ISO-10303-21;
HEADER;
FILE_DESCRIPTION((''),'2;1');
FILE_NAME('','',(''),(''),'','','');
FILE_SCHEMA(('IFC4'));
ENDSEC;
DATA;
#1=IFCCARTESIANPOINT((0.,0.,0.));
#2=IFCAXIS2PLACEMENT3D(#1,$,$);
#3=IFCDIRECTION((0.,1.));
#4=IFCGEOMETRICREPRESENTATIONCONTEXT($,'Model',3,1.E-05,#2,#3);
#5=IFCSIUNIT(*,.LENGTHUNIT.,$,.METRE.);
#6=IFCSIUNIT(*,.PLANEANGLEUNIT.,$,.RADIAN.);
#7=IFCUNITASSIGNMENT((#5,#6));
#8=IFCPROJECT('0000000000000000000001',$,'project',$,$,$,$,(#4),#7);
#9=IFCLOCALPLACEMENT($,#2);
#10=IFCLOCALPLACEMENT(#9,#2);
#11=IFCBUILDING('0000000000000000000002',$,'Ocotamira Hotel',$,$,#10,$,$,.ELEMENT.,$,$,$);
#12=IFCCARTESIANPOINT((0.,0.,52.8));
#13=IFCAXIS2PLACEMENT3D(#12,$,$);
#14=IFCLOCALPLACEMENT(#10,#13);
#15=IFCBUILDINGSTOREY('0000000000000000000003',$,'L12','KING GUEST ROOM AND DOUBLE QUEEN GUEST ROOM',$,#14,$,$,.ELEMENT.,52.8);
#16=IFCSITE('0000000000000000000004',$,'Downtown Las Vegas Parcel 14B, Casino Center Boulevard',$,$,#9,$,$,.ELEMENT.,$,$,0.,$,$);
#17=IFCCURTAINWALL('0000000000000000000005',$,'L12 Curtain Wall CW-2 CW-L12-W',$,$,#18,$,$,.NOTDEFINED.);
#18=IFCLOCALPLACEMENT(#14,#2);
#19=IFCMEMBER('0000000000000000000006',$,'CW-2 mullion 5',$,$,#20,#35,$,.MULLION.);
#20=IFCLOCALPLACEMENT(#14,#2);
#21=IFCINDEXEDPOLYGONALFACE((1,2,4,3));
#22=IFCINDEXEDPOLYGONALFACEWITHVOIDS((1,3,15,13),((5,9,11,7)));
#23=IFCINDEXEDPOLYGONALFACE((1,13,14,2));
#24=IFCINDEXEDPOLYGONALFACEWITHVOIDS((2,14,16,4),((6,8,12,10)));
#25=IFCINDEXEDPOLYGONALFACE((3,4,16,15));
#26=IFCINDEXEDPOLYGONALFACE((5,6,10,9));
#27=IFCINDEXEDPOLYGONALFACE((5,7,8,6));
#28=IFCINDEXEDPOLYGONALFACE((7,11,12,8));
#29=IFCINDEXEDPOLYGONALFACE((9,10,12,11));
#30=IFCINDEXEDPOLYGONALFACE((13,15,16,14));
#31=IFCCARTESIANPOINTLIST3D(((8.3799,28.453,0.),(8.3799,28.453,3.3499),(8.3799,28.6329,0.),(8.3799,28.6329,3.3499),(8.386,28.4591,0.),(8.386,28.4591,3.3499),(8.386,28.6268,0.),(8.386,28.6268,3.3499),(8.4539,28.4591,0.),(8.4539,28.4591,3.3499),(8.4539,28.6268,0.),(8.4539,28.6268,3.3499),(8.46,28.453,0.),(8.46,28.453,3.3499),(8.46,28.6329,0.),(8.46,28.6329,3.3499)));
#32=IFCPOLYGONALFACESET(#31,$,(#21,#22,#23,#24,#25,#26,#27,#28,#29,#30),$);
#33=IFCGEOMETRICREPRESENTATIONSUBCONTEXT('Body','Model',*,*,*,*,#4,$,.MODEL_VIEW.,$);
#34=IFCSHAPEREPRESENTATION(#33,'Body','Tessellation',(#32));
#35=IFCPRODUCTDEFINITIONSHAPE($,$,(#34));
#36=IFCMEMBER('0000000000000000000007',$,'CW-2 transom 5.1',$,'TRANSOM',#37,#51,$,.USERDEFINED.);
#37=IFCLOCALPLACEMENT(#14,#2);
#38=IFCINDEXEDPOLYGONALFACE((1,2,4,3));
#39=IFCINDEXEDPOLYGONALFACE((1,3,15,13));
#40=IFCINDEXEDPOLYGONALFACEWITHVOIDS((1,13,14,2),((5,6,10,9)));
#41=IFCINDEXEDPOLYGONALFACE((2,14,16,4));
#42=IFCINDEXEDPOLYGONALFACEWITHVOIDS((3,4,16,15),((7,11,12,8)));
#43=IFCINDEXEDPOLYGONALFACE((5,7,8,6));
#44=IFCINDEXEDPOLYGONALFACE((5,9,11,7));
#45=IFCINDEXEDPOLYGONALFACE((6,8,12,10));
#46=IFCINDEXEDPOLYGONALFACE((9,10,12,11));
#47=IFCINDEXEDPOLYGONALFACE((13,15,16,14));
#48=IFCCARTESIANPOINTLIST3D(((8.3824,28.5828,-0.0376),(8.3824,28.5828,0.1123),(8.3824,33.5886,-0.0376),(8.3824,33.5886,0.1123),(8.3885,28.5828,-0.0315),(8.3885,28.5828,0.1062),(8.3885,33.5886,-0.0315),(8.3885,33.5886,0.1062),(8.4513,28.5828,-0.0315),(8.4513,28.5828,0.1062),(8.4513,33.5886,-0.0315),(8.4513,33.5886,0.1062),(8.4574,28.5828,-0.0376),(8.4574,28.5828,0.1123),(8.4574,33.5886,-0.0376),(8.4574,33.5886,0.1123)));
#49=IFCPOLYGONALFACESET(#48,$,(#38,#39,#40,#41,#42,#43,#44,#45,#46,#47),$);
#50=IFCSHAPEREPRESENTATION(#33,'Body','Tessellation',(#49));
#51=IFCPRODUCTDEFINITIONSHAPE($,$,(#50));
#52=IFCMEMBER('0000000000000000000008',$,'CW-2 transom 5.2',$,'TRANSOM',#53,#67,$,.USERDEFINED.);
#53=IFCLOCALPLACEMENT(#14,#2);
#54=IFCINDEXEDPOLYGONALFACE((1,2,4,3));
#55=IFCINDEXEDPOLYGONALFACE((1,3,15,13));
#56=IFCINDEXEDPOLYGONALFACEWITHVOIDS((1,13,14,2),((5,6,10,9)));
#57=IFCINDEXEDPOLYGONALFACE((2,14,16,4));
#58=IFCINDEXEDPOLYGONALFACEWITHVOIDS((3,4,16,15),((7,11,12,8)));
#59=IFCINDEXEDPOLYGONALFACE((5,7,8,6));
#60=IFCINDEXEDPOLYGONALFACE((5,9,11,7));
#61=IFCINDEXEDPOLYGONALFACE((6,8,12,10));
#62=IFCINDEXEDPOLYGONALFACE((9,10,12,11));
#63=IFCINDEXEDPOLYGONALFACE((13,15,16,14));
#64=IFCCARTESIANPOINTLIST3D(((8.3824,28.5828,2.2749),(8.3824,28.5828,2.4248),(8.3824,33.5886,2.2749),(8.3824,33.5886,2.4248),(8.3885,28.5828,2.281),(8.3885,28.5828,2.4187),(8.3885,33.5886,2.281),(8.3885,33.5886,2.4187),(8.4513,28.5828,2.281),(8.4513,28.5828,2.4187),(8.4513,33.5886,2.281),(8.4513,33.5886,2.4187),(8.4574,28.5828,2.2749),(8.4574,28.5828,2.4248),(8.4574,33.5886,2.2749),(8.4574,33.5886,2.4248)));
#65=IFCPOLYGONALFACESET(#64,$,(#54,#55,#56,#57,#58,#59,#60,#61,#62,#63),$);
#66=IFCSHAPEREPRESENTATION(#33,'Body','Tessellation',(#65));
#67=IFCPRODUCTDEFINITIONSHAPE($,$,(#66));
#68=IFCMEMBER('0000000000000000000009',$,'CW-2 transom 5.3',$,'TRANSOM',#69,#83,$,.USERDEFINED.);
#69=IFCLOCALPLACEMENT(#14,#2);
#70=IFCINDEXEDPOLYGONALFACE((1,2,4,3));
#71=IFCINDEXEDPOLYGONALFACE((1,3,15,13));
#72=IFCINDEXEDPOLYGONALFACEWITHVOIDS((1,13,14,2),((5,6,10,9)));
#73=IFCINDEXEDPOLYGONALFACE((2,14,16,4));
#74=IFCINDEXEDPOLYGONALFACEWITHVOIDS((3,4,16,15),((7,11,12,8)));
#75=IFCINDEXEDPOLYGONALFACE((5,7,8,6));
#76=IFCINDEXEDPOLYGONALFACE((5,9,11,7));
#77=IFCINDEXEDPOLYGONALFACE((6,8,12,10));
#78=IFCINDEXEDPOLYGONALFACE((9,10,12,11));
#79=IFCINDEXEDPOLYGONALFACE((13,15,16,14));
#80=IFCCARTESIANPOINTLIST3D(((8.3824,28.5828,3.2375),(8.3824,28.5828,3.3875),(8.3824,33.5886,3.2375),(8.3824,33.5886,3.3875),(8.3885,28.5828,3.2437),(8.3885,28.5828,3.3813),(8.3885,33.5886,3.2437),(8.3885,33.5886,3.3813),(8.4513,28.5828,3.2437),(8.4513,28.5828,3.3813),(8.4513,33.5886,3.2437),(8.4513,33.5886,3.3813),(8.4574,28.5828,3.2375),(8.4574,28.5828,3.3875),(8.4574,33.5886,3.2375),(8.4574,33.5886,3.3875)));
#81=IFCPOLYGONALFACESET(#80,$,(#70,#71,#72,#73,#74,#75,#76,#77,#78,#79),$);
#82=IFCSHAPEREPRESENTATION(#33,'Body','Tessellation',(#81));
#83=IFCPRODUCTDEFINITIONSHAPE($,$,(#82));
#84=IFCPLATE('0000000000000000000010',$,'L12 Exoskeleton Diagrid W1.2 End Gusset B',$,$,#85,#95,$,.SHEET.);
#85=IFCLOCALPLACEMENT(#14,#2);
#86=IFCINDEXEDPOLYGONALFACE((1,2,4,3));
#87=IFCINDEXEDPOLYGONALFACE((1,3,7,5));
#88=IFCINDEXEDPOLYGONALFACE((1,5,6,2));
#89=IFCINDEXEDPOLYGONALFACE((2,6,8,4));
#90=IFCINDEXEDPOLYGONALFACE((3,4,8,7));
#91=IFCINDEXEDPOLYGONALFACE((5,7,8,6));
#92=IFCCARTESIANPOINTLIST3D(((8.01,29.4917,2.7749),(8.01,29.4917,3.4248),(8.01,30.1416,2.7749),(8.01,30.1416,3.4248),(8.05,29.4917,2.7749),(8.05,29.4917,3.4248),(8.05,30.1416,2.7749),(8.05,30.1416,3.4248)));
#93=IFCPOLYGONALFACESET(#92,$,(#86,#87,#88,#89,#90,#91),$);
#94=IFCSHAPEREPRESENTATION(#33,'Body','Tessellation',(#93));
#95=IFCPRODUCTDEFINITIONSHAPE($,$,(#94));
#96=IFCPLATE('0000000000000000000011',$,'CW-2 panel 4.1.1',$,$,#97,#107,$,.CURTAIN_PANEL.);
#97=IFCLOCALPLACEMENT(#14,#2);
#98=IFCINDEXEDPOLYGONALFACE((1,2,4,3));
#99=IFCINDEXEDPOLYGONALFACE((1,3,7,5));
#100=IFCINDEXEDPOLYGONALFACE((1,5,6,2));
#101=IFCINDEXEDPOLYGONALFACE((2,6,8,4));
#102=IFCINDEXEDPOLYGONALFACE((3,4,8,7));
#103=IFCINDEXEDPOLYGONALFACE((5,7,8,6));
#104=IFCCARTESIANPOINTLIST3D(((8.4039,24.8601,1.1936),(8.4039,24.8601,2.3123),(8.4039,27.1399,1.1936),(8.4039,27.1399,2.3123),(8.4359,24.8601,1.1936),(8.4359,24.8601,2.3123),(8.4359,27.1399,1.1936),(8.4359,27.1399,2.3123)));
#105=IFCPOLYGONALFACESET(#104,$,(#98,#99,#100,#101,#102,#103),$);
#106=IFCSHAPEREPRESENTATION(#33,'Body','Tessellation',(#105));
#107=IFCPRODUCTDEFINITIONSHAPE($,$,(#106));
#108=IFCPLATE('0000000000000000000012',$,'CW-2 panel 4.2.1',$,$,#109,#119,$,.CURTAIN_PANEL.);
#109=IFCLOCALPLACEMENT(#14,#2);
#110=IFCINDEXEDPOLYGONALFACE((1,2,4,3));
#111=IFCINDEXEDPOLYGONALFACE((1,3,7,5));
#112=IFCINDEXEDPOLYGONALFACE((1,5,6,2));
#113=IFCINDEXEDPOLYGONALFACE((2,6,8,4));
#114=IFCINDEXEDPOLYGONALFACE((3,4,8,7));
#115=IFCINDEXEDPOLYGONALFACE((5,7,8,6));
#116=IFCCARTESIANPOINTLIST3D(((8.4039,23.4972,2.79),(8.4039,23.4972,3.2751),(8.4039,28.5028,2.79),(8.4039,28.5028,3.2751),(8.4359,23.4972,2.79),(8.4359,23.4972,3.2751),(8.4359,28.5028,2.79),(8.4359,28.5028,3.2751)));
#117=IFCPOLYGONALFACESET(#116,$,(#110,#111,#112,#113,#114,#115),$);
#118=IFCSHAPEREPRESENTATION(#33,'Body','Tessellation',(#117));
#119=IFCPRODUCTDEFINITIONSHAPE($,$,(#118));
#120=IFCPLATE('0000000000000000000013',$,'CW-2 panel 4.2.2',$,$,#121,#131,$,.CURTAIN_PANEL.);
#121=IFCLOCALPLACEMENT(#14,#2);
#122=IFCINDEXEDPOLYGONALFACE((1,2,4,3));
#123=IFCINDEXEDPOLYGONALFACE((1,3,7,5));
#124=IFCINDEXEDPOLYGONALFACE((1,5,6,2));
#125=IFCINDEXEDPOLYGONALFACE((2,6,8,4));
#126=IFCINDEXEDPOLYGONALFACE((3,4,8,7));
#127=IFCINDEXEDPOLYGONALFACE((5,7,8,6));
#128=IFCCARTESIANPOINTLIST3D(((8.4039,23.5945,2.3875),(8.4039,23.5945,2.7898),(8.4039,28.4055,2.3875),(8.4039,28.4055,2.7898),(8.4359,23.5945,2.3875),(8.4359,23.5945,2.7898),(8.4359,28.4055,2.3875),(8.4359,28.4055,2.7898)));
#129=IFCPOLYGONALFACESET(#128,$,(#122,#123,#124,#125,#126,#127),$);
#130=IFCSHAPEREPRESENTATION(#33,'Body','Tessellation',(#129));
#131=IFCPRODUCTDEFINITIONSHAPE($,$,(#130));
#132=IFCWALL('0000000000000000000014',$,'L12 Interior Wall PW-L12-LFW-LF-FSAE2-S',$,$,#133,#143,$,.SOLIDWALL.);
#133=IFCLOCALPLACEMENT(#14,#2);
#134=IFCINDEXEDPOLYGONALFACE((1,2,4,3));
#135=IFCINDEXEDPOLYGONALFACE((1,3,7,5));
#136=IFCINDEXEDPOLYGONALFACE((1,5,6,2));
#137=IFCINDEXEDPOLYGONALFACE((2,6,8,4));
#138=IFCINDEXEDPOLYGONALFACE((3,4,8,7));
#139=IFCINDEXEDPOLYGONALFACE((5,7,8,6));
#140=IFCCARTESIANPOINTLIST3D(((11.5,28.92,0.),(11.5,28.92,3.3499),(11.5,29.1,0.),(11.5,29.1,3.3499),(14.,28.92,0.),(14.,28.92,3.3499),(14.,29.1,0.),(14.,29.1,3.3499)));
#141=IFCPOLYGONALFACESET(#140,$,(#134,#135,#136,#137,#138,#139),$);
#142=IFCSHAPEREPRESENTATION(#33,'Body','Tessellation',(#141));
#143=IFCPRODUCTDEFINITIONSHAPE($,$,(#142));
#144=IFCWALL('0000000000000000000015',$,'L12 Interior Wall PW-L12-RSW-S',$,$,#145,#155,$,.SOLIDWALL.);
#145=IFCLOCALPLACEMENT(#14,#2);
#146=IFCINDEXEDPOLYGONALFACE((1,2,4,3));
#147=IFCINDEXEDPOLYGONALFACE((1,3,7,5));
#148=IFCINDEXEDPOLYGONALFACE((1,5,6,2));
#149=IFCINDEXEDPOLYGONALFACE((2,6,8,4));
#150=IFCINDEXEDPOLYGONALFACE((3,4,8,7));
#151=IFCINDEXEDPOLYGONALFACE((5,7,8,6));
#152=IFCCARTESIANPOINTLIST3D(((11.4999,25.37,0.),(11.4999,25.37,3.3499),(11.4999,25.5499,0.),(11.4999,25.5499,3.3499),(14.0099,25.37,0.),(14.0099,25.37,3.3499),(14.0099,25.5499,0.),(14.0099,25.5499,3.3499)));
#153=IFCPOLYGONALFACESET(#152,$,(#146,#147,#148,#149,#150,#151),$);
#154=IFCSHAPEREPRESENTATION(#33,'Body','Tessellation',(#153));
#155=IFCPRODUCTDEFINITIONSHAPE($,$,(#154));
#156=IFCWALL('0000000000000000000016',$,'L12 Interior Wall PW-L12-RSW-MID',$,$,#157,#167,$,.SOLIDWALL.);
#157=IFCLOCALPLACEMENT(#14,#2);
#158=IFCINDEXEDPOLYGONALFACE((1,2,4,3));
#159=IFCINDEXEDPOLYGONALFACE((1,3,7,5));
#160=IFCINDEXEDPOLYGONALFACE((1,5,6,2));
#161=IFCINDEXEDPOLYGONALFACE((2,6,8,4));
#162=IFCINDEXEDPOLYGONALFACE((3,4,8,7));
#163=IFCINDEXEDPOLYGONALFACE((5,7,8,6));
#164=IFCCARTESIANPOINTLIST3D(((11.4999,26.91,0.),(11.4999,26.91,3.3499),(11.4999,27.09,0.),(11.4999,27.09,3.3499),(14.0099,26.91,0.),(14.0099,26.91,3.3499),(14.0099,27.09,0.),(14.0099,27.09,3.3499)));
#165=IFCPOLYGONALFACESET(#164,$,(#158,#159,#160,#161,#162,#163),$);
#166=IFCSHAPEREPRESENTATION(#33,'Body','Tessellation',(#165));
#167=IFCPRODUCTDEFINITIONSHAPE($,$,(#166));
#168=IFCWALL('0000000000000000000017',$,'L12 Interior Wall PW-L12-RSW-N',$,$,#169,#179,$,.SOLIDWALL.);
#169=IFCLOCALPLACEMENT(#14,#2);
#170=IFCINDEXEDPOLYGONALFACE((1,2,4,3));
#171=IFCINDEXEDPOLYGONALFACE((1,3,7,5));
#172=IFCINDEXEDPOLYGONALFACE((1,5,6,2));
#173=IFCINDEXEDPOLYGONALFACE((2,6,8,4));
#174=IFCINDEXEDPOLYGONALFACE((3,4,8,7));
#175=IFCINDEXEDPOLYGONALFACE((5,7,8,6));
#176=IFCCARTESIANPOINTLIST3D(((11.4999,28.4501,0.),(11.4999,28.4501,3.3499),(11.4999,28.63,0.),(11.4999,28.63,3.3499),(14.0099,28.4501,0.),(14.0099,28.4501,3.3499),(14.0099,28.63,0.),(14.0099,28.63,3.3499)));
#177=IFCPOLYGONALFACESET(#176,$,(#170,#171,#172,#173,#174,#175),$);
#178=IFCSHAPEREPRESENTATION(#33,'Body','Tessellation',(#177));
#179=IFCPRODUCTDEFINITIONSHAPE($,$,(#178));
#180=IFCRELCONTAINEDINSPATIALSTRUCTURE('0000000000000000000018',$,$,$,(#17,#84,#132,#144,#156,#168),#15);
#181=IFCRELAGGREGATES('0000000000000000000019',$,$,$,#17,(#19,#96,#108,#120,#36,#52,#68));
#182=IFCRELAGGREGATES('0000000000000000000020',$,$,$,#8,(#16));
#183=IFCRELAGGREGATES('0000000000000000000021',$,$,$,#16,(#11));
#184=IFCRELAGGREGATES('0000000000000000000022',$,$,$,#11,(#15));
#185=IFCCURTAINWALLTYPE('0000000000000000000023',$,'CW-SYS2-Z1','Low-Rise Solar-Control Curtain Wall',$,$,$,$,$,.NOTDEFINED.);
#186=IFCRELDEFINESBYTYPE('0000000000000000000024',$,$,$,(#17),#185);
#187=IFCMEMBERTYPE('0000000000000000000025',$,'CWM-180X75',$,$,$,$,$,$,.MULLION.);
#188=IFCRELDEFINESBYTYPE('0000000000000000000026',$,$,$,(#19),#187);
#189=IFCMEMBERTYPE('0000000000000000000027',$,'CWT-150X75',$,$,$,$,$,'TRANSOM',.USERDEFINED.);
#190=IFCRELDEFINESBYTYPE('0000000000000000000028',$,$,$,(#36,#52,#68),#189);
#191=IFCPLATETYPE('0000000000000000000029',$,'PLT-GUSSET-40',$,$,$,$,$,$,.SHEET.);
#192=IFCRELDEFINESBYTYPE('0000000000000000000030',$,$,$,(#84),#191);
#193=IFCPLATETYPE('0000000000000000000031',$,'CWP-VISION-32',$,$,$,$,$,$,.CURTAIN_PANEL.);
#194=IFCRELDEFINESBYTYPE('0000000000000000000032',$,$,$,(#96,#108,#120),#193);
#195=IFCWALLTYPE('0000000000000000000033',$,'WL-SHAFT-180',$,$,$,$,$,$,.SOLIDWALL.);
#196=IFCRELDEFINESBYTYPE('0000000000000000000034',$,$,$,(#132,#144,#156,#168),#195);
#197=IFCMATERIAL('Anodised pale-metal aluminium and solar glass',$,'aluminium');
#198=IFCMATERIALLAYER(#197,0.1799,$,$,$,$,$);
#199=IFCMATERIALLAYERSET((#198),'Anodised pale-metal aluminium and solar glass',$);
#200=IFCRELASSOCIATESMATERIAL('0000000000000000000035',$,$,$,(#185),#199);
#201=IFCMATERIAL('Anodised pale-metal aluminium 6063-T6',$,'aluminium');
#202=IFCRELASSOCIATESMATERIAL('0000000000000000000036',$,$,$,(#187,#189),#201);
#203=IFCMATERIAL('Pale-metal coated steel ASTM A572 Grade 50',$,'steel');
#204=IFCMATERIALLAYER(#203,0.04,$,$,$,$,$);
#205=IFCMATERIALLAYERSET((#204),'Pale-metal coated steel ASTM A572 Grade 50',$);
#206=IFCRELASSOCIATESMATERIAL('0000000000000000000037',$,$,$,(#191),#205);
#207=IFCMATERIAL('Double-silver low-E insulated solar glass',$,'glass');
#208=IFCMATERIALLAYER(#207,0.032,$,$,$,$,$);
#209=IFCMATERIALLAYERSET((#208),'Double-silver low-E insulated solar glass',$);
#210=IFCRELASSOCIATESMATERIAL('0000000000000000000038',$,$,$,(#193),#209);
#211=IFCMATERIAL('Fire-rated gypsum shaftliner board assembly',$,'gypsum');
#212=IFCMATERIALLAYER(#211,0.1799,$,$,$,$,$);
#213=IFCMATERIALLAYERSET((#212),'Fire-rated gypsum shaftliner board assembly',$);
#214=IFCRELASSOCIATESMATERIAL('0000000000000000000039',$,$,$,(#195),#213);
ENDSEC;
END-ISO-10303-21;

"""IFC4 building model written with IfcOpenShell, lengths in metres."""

from ifc_helpers import new_model, si_unit, direction, frame, frame_2d, origin, origin_2d, place, context, subcontext, project, spatial, rectangle, hollow_rectangle, extrude, source, transform, mapped, material, layer, layer_set, material_profile, profile_set, type_object, element, aggregate, save


model = new_model("IFC4")

# Units and contexts
model_context = context("Model", 3, precision=1e-05, world=origin(), true_north=direction((0.0, 1.0)))
body_context = subcontext(model_context, "Body", "Model", "MODEL_VIEW")
ifc_project = project(units=[si_unit("LENGTHUNIT", "METRE"), si_unit("PLANEANGLEUNIT", "RADIAN")], contexts=[model_context])

# Site, building, storey
site_placement = place(None, origin())
site = spatial("IfcSite", under=ifc_project, at=site_placement, Name="Downtown Las Vegas Parcel 14B, Casino Center Boulevard", CompositionType="ELEMENT", RefElevation=0.0)
building_placement = place(site_placement, origin())
building = spatial("IfcBuilding", under=site, at=building_placement, Name="Ocotamira Hotel", CompositionType="ELEMENT")
storey_placement = place(building_placement, frame((0.0, 0.0, 52.8)))
storey = spatial("IfcBuildingStorey", under=building, at=storey_placement, Name="L12", Description="KING GUEST ROOM AND DOUBLE QUEEN GUEST ROOM", CompositionType="ELEMENT", Elevation=52.8)

# Curtain wall, members
ifc_material_1 = material(Name="Anodised pale-metal aluminium and solar glass", Category="aluminium")
ifc_layer_1 = layer(ifc_material_1, 0.1799)
ifc_layer_set_1 = layer_set([ifc_layer_1], Name="Anodised pale-metal aluminium and solar glass")
curtain_wall_type = type_object("IfcCurtainWallType", Name="CW-SYS2-Z1", Description="Low-Rise Solar-Control Curtain Wall", PredefinedType="NOTDEFINED", material=ifc_layer_set_1)
curtain_wall_placement = place(storey_placement, origin())
curtain_wall = element("IfcCurtainWall", 1, at=curtain_wall_placement, inside=storey, type_object=curtain_wall_type, Name="L12 Curtain Wall CW-2 CW-L12-W", PredefinedType="NOTDEFINED")
ifc_material_2 = material(Name="Anodised pale-metal aluminium 6063-T6", Category="aluminium")
ifc_material_profile_1 = material_profile(ifc_material_2, hollow_rectangle(XDim=0.0801, YDim=0.1799, WallThickness=0.0061, at=origin_2d()), Name="HSS180X80X6")
ifc_profile_set_1 = profile_set([ifc_material_profile_1], Name="Anodised pale-metal aluminium 6063-T6")
member_type_1 = type_object("IfcMemberType", Name="CWM-180X75", PredefinedType="MULLION", material=ifc_profile_set_1)
shared_shape_1 = source(origin(), body_context, "Body", "SweptSolid", [
    extrude(hollow_rectangle(XDim=0.0801, YDim=0.1799, WallThickness=0.0061, at=origin_2d()), origin(), (0.0, 0.0, 1.0), 3.3499),
])
member_1_placement = place(storey_placement, frame((8.4199, 28.543, 0.0), z_axis=(0.0, 0.0, 1.0), x_axis=(-1.0, 0.0, 0.0)))
member_1 = element("IfcMember", 2, at=member_1_placement, type_object=member_type_1, Name="CW-2 mullion 5", PredefinedType="MULLION", context=body_context, shape_type="MappedRepresentation", body=[
    mapped(shared_shape_1, transform((0.0, 0.0, 0.0), scale=1.0)),
])
ifc_material_profile_2 = material_profile(ifc_material_2, hollow_rectangle(XDim=0.075, YDim=0.1499, WallThickness=0.0061, at=origin_2d()), Name="HSS150X75X6")
ifc_profile_set_2 = profile_set([ifc_material_profile_2], Name="Anodised pale-metal aluminium 6063-T6")
member_type_2 = type_object("IfcMemberType", Name="CWT-150X75", ElementType="TRANSOM", PredefinedType="USERDEFINED", material=ifc_profile_set_2)
shared_shape_2 = source(origin(), body_context, "Body", "SweptSolid", [
    extrude(hollow_rectangle(XDim=0.075, YDim=0.1499, WallThickness=0.0061, at=origin_2d()), origin(), (0.0, 0.0, 1.0), 5.0059),
])
member_2_placement = place(storey_placement, frame((8.4199, 28.5828, 0.0374), z_axis=(0.0, 1.0, 0.0), x_axis=(-1.0, 0.0, 0.0)))
member_2 = element("IfcMember", 3, at=member_2_placement, type_object=member_type_2, Name="CW-2 transom 5.1", ObjectType="TRANSOM", PredefinedType="USERDEFINED", context=body_context, shape_type="MappedRepresentation", body=[
    mapped(shared_shape_2, transform((0.0, 0.0, 0.0), scale=1.0)),
])
member_3_placement = place(storey_placement, frame((8.4199, 28.5828, 2.3499), z_axis=(0.0, 1.0, 0.0), x_axis=(-1.0, 0.0, 0.0)))
member_3 = element("IfcMember", 4, at=member_3_placement, type_object=member_type_2, Name="CW-2 transom 5.2", ObjectType="TRANSOM", PredefinedType="USERDEFINED", context=body_context, shape_type="MappedRepresentation", body=[
    mapped(shared_shape_2, transform((0.0, 0.0, 0.0), scale=1.0)),
])
member_4_placement = place(storey_placement, frame((8.4199, 28.5828, 3.3125), z_axis=(0.0, 1.0, 0.0), x_axis=(-1.0, 0.0, 0.0)))
member_4 = element("IfcMember", 5, at=member_4_placement, type_object=member_type_2, Name="CW-2 transom 5.3", ObjectType="TRANSOM", PredefinedType="USERDEFINED", context=body_context, shape_type="MappedRepresentation", body=[
    mapped(shared_shape_2, transform((0.0, 0.0, 0.0), scale=1.0)),
])

# Plates
ifc_material_3 = material(Name="Pale-metal coated steel ASTM A572 Grade 50", Category="steel")
ifc_layer_2 = layer(ifc_material_3, 0.04)
ifc_layer_set_2 = layer_set([ifc_layer_2], Name="Pale-metal coated steel ASTM A572 Grade 50")
plate_type_1 = type_object("IfcPlateType", Name="PLT-GUSSET-40", PredefinedType="SHEET", material=ifc_layer_set_2)
shared_shape_3 = source(origin(), body_context, "Body", "SweptSolid", [
    extrude(rectangle(XDim=0.04, YDim=0.6499, at=origin_2d()), origin(), (0.0, 0.0, 1.0), 0.6499),
])
plate_1_placement = place(storey_placement, frame((8.03, 29.8167, 2.7749), z_axis=(0.0, 0.0, 1.0), x_axis=(1.0, 0.0, 0.0)))
element("IfcPlate", 6, at=plate_1_placement, inside=storey, type_object=plate_type_1, Name="L12 Exoskeleton Diagrid W1.2 End Gusset B", PredefinedType="SHEET", context=body_context, shape_type="MappedRepresentation", body=[
    mapped(shared_shape_3, transform((0.0, 0.0, 0.0), scale=1.0)),
])
ifc_material_4 = material(Name="Double-silver low-E insulated solar glass", Category="glass")
ifc_layer_3 = layer(ifc_material_4, 0.032)
ifc_layer_set_3 = layer_set([ifc_layer_3], Name="Double-silver low-E insulated solar glass")
plate_type_2 = type_object("IfcPlateType", Name="CWP-VISION-32", PredefinedType="CURTAIN_PANEL", material=ifc_layer_set_3)
shared_shape_4 = source(origin(), body_context, "Body", "SweptSolid", [
    extrude(rectangle(XDim=2.2798, YDim=0.032, at=origin_2d()), origin(), (0.0, 0.0, 1.0), 1.1187),
])
plate_2_placement = place(storey_placement, frame((8.4199, 26.0, 1.1936), z_axis=(0.0, 0.0, 1.0), x_axis=(0.0, 1.0, 0.0)))
plate_2 = element("IfcPlate", 7, at=plate_2_placement, type_object=plate_type_2, Name="CW-2 panel 4.1.1", PredefinedType="CURTAIN_PANEL", context=body_context, shape_type="MappedRepresentation", body=[
    mapped(shared_shape_4, transform((0.0, 0.0, 0.0), scale=1.0)),
])
shared_shape_5 = source(origin(), body_context, "Body", "SweptSolid", [
    extrude(rectangle(XDim=5.0056, YDim=0.032, at=origin_2d()), origin(), (0.0, 0.0, 1.0), 0.4851),
])
plate_3_placement = place(storey_placement, frame((8.4199, 26.0, 2.79), z_axis=(0.0, 0.0, 1.0), x_axis=(0.0, 1.0, 0.0)))
plate_3 = element("IfcPlate", 8, at=plate_3_placement, type_object=plate_type_2, Name="CW-2 panel 4.2.1", PredefinedType="CURTAIN_PANEL", context=body_context, shape_type="MappedRepresentation", body=[
    mapped(shared_shape_5, transform((0.0, 0.0, 0.0), scale=1.0)),
])
shared_shape_6 = source(origin(), body_context, "Body", "SweptSolid", [
    extrude(rectangle(XDim=4.811, YDim=0.032, at=origin_2d()), origin(), (0.0, 0.0, 1.0), 0.4023),
])
plate_4_placement = place(storey_placement, frame((8.4199, 26.0, 2.3875), z_axis=(0.0, 0.0, 1.0), x_axis=(0.0, 1.0, 0.0)))
plate_4 = element("IfcPlate", 9, at=plate_4_placement, type_object=plate_type_2, Name="CW-2 panel 4.2.2", PredefinedType="CURTAIN_PANEL", context=body_context, shape_type="MappedRepresentation", body=[
    mapped(shared_shape_6, transform((0.0, 0.0, 0.0), scale=1.0)),
])
aggregate(curtain_wall, [member_1, plate_2, plate_3, plate_4, member_2, member_3, member_4])

# Walls
ifc_material_5 = material(Name="Fire-rated gypsum shaftliner board assembly", Category="gypsum")
ifc_layer_4 = layer(ifc_material_5, 0.1799)
ifc_layer_set_4 = layer_set([ifc_layer_4], Name="Fire-rated gypsum shaftliner board assembly")
wall_type = type_object("IfcWallType", Name="WL-SHAFT-180", PredefinedType="SOLIDWALL", material=ifc_layer_set_4)
wall_placement = place(storey_placement, frame((11.5, 29.01, 0.0), z_axis=(0.0, 0.0, 1.0), x_axis=(1.0, 0.0, 0.0)))
element("IfcWall", 10, at=wall_placement, inside=storey, type_object=wall_type, Name="L12 Interior Wall PW-L12-LFW-LF-FSAE2-S", PredefinedType="SOLIDWALL", context=body_context, shape_type="SweptSolid", body=[
    extrude(rectangle(XDim=2.5, YDim=0.1799, at=frame_2d((1.25, 0.0))), origin(), (0.0, 0.0, 1.0), 3.3499),
])
for number, where, z_axis, x_axis, name in (
    (11, (11.5, 25.46, 0.0), (0.0, 0.0, 1.0), (1.0, 0.0, 0.0), "L12 Interior Wall PW-L12-RSW-S"),
    (12, (11.5, 27.0, 0.0), (0.0, 0.0, 1.0), (1.0, 0.0, 0.0), "L12 Interior Wall PW-L12-RSW-MID"),
    (13, (11.5, 28.54, 0.0), (0.0, 0.0, 1.0), (1.0, 0.0, 0.0), "L12 Interior Wall PW-L12-RSW-N"),
):
    element("IfcWall", number, at=place(storey_placement, frame(where, z_axis=z_axis, x_axis=x_axis)), inside=storey, type_object=wall_type, Name=name, PredefinedType="SOLIDWALL", context=body_context, shape_type="SweptSolid", body=[
        extrude(rectangle(XDim=2.51, YDim=0.1799, at=frame_2d((1.2549, 0.0))), origin(), (0.0, 0.0, 1.0), 3.3499),
    ])

save(model, "model.ifc")
